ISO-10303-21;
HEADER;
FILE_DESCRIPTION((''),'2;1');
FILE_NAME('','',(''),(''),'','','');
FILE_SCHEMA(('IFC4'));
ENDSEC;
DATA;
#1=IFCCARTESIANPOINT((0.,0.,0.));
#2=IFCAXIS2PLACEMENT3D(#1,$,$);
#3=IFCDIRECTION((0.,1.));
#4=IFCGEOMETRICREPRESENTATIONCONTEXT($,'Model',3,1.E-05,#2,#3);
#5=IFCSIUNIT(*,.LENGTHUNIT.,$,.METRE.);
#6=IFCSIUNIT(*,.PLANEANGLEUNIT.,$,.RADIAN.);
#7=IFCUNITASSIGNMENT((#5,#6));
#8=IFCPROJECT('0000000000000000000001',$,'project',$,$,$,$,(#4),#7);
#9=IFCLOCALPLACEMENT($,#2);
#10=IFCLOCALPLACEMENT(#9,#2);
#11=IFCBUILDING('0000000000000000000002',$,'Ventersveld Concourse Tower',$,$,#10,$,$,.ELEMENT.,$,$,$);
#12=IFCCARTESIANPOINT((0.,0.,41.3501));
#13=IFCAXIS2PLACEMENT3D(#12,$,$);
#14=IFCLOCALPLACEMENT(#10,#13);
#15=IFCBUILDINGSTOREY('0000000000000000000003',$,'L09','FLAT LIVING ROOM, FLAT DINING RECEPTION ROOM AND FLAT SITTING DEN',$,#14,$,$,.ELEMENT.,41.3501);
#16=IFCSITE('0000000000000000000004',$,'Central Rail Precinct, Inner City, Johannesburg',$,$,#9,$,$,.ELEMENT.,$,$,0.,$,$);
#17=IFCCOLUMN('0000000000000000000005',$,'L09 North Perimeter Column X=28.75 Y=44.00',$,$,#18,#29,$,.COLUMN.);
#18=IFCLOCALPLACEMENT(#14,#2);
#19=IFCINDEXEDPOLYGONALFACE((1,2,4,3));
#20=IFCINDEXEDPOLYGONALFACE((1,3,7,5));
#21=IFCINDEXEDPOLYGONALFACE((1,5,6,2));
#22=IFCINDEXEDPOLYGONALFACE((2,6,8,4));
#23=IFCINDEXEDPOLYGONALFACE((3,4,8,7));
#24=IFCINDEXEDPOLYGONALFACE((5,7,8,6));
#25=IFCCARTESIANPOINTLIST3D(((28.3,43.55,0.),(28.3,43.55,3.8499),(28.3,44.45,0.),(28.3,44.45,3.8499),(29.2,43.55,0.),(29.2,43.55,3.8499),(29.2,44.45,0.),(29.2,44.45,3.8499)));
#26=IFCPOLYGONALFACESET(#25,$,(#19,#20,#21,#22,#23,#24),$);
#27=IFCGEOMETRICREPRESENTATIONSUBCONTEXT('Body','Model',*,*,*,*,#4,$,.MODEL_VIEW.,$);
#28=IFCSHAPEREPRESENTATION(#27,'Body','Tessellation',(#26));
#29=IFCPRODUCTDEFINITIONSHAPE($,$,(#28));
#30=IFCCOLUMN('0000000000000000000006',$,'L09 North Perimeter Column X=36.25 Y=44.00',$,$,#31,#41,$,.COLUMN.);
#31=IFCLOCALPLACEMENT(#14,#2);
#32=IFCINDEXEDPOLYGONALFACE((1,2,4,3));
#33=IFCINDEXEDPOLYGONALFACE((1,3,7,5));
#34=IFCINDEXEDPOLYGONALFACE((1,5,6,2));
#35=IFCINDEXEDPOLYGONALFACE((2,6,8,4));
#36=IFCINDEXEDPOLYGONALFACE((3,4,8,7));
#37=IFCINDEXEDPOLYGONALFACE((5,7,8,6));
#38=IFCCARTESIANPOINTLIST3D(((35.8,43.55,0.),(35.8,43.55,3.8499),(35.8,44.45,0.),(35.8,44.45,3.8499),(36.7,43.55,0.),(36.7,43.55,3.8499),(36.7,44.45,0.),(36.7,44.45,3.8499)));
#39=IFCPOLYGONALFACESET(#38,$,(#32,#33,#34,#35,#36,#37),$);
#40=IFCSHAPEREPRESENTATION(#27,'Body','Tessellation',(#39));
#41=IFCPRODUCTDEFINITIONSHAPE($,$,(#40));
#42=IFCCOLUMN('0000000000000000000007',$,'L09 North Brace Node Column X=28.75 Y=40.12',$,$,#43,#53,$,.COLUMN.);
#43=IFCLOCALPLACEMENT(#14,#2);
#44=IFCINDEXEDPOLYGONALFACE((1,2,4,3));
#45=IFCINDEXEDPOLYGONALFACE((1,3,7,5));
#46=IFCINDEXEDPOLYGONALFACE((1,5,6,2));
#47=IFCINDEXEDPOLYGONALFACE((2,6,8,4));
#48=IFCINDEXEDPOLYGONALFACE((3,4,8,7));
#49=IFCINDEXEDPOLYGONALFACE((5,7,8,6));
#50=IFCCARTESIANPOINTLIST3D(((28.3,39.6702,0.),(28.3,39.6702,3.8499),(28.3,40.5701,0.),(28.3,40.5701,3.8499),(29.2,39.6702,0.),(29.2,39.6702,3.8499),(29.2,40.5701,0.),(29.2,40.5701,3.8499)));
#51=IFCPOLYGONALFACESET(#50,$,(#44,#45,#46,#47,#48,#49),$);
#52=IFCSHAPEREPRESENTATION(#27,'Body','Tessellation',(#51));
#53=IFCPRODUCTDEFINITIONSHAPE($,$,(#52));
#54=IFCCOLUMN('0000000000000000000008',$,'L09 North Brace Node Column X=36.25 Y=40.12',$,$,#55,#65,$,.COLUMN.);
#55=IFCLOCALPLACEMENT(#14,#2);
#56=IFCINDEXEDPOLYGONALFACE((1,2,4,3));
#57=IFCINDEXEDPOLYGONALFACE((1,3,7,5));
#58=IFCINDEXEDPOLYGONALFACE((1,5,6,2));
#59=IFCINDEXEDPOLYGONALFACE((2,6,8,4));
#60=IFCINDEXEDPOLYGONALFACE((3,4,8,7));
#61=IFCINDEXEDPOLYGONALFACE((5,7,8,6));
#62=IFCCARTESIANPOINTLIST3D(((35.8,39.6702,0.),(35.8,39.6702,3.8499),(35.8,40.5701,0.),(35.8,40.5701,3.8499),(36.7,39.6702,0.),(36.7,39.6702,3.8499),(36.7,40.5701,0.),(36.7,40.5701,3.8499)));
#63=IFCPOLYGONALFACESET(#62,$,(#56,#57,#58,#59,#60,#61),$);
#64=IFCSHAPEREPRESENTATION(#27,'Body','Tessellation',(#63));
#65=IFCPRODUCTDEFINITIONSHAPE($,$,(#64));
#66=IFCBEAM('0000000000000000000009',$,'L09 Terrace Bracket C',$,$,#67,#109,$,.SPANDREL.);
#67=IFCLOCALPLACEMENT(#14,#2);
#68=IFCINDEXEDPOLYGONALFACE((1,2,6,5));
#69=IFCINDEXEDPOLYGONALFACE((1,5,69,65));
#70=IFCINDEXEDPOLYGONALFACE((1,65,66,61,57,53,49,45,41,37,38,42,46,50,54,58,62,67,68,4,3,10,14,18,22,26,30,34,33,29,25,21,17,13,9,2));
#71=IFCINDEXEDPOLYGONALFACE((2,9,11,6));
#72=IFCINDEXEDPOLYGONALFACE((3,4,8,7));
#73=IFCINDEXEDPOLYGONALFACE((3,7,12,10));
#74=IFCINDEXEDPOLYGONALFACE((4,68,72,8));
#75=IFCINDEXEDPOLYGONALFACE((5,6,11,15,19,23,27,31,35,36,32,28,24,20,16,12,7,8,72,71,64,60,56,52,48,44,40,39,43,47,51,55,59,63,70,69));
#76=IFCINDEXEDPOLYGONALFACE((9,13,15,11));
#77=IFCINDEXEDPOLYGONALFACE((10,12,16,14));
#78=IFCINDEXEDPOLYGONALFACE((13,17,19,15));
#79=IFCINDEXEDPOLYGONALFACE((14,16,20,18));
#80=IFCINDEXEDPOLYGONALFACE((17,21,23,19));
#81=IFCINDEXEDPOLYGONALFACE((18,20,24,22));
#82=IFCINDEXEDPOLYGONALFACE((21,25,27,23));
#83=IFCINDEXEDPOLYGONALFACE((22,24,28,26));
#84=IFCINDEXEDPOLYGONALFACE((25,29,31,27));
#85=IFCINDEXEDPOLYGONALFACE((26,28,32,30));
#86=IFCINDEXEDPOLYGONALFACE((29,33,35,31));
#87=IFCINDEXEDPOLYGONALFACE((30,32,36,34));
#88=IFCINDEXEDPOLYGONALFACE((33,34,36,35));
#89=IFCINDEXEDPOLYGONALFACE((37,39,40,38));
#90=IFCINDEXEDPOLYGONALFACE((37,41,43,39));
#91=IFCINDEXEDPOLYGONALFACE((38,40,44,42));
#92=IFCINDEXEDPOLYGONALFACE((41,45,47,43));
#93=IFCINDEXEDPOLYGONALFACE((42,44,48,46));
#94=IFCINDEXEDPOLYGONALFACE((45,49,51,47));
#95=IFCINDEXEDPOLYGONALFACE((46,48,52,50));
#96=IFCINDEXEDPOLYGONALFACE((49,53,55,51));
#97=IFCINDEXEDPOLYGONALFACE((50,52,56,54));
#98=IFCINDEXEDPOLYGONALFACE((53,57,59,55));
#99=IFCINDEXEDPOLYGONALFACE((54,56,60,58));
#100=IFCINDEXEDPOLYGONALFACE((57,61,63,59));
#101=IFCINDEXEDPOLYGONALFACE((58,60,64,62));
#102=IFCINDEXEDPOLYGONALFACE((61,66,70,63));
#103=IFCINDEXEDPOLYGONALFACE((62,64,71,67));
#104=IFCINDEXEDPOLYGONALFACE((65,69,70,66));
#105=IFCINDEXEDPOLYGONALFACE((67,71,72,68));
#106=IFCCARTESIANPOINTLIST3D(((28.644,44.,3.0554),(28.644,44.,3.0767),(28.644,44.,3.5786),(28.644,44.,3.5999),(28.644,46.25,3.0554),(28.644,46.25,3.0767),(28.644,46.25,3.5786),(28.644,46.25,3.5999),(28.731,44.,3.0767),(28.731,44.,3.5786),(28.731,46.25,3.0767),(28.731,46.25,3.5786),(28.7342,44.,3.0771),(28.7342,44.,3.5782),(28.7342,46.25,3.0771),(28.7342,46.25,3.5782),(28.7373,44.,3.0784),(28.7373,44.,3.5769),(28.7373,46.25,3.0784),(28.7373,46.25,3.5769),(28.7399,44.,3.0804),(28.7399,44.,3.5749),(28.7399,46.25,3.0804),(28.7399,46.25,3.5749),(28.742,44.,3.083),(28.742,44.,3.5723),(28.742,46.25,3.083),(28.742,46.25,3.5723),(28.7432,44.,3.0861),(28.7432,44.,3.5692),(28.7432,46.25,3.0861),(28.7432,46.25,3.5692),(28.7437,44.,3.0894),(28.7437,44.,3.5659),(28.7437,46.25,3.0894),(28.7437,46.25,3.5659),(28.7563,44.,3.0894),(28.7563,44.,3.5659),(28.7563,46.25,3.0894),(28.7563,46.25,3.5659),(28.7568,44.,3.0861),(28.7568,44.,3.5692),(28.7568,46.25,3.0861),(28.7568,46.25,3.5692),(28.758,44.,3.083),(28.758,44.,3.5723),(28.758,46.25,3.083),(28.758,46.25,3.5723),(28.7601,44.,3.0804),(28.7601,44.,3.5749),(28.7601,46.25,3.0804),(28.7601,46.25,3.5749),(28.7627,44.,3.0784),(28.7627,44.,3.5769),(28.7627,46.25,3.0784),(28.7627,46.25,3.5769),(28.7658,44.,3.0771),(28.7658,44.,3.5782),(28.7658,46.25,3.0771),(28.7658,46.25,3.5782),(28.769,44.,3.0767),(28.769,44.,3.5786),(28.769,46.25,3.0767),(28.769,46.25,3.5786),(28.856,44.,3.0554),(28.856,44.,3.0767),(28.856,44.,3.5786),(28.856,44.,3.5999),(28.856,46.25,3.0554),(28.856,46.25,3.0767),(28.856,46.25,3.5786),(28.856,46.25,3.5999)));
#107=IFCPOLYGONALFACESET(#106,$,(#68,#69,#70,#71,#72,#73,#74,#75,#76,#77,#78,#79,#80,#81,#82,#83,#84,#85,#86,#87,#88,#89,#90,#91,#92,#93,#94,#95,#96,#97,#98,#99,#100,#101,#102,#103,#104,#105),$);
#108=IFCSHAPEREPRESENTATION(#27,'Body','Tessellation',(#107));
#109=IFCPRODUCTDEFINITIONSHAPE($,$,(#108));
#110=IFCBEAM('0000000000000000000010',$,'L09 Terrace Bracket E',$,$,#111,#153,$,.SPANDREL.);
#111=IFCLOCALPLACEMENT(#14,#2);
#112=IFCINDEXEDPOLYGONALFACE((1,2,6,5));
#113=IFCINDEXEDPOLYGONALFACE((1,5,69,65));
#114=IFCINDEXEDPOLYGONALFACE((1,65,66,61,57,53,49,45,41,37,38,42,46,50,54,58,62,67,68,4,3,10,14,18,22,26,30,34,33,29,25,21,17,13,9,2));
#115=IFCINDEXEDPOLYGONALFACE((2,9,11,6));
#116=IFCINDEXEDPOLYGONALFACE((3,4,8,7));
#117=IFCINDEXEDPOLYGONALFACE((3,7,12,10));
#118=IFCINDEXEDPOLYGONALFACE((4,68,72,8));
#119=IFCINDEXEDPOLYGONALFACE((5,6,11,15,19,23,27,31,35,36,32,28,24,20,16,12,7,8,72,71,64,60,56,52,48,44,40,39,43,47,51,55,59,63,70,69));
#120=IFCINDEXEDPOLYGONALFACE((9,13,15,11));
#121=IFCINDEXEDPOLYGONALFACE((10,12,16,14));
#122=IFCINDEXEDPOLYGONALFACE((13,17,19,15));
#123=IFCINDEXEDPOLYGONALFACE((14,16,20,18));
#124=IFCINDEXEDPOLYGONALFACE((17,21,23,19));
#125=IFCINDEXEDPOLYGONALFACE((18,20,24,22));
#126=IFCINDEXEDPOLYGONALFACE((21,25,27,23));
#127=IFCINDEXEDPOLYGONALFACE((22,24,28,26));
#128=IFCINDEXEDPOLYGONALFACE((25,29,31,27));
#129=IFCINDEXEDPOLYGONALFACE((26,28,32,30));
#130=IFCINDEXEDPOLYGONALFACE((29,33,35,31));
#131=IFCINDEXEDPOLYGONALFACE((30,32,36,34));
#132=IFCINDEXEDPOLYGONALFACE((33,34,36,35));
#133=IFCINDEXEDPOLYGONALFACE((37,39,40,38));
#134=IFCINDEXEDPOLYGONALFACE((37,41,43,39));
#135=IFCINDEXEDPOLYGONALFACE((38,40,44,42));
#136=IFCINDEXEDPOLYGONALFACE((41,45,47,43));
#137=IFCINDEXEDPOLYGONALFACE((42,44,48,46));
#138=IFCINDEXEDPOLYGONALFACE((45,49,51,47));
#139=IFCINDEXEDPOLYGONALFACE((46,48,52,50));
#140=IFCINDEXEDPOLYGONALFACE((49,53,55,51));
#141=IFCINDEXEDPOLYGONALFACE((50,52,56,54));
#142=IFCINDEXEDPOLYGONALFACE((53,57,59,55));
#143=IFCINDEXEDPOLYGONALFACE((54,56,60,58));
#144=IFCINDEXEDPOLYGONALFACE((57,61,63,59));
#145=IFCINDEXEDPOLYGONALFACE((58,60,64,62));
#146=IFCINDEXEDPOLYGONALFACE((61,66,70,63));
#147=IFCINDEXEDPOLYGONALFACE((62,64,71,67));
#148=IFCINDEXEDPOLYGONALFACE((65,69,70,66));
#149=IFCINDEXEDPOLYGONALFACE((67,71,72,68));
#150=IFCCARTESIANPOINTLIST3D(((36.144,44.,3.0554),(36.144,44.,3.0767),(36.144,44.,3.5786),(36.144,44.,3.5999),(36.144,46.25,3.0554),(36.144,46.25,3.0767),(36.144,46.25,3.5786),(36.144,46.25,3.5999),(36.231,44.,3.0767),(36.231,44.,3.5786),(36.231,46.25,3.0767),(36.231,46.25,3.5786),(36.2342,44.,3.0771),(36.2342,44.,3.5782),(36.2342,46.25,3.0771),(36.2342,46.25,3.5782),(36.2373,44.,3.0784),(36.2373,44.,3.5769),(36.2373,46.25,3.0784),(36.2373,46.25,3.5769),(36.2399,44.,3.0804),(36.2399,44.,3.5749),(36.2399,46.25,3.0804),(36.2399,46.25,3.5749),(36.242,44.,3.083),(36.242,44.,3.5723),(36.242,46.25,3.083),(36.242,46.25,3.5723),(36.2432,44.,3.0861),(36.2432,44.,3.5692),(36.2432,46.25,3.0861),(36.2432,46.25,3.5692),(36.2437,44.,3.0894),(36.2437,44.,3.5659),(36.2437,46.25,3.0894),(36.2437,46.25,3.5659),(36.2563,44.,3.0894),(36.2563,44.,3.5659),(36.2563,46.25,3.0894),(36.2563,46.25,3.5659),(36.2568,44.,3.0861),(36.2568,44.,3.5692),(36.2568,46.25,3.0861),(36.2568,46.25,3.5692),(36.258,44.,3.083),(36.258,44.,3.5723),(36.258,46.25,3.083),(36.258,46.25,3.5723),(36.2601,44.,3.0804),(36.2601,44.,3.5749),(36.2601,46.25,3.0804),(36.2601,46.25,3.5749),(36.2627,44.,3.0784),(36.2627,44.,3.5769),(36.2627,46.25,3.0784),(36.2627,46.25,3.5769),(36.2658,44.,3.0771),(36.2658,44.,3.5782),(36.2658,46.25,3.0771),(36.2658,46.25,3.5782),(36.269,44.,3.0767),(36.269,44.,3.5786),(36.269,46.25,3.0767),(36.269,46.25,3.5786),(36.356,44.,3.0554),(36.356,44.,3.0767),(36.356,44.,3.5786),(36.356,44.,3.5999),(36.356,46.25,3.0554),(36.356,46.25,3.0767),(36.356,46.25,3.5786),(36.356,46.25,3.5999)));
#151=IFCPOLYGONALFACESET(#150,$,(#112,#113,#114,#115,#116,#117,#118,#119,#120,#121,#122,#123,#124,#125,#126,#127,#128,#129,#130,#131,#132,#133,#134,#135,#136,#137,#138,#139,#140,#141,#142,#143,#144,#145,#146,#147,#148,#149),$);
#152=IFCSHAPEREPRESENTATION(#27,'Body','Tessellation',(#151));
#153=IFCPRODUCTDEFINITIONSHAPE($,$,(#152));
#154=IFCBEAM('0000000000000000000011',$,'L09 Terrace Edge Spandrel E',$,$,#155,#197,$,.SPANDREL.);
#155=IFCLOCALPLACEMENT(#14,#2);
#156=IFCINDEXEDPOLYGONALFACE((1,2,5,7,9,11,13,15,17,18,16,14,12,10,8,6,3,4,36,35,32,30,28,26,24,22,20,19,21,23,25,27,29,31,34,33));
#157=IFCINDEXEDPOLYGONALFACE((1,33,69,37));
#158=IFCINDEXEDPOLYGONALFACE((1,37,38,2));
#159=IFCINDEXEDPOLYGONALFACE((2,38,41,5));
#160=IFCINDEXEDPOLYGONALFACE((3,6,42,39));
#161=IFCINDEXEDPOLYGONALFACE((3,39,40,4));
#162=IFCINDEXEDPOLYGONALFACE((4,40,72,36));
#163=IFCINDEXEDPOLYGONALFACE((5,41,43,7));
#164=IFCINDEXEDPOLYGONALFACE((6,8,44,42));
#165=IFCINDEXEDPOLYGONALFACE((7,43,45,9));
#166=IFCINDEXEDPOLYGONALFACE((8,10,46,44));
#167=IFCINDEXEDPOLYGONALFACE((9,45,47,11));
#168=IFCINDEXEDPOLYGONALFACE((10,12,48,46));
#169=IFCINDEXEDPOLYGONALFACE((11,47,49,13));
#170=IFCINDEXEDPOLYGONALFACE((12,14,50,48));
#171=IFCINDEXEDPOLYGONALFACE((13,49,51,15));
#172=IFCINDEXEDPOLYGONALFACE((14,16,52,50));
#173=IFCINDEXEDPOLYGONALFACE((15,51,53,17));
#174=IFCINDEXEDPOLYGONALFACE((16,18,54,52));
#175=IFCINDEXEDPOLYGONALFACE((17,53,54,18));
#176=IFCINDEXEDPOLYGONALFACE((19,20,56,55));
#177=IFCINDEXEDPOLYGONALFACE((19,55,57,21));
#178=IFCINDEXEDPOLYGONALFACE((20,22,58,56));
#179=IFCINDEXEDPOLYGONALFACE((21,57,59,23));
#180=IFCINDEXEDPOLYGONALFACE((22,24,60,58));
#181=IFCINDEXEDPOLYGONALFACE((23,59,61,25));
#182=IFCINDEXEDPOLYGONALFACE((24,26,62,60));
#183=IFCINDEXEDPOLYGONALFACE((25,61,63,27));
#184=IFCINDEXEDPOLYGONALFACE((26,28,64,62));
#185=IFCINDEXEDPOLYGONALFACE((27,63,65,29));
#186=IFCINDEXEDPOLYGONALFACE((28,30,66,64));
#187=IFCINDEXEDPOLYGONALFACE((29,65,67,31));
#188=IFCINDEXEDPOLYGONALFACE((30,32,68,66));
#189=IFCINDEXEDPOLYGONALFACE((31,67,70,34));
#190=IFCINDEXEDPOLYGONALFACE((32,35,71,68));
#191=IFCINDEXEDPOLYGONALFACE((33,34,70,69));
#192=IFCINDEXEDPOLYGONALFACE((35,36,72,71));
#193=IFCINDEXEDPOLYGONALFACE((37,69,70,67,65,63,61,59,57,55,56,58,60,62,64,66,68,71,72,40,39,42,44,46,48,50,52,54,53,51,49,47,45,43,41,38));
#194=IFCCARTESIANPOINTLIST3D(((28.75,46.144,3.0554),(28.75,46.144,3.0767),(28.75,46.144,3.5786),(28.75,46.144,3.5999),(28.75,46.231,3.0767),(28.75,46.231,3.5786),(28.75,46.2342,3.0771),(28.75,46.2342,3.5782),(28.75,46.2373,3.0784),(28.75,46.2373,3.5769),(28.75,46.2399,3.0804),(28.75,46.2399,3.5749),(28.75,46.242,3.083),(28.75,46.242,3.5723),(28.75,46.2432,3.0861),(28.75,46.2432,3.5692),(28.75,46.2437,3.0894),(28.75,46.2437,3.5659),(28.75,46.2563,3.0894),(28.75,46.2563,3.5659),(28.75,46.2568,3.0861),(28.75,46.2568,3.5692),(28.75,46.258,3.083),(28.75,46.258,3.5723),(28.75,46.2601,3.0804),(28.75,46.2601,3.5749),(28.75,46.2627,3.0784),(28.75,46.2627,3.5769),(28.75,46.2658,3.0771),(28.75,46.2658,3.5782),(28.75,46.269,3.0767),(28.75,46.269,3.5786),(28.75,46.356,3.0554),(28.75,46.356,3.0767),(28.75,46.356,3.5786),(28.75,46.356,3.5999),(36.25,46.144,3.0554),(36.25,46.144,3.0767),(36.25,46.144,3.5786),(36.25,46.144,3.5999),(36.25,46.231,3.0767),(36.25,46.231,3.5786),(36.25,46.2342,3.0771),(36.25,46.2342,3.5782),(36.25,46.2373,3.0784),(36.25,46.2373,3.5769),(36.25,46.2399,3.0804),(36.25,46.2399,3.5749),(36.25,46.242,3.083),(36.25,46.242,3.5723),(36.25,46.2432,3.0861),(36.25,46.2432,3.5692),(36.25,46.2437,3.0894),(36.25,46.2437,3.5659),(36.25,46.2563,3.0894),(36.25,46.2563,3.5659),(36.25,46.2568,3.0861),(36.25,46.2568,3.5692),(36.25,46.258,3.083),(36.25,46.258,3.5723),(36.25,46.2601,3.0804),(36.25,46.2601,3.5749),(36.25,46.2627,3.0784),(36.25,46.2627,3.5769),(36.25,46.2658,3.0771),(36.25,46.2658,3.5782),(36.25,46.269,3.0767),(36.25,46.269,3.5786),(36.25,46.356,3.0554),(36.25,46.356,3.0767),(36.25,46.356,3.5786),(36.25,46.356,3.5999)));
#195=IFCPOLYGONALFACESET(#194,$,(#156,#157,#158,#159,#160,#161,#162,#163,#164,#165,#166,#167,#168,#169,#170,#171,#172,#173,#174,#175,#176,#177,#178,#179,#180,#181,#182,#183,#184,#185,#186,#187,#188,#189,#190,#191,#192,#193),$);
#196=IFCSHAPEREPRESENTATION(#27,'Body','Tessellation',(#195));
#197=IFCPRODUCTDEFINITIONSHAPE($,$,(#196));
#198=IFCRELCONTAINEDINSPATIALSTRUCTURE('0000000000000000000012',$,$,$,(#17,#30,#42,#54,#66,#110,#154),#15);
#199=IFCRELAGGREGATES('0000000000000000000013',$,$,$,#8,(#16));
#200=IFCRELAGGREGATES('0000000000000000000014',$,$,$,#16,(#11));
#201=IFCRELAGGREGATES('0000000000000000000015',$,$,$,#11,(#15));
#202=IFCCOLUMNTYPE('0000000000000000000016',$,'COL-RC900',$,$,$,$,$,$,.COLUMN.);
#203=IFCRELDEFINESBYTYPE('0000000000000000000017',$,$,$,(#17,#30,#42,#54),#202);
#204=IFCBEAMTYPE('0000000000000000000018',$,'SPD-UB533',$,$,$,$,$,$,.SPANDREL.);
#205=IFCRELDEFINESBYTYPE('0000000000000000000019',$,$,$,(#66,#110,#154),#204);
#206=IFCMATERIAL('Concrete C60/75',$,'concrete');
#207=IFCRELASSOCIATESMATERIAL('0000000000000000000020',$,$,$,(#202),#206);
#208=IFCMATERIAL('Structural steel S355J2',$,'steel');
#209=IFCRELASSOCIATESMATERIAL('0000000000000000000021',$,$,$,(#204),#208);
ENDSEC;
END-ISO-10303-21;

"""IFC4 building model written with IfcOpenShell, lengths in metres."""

from ifc_helpers import new_model, si_unit, direction, frame, origin, origin_2d, place, context, subcontext, project, spatial, rectangle, i_section, extrude, material, material_profile, profile_set, type_object, element, save


model = new_model("IFC4")

# Units and contexts
model_context = context("Model", 3, precision=1e-05, world=origin(), true_north=direction((0.0, 1.0)))
body_context = subcontext(model_context, "Body", "Model", "MODEL_VIEW")
ifc_project = project(units=[si_unit("LENGTHUNIT", "METRE"), si_unit("PLANEANGLEUNIT", "RADIAN")], contexts=[model_context])

# Site, building, storey
site_placement = place(None, origin())
site = spatial("IfcSite", under=ifc_project, at=site_placement, Name="Central Rail Precinct, Inner City, Johannesburg", CompositionType="ELEMENT", RefElevation=0.0)
building_placement = place(site_placement, origin())
building = spatial("IfcBuilding", under=site, at=building_placement, Name="Ventersveld Concourse Tower", CompositionType="ELEMENT")
storey_placement = place(building_placement, frame((0.0, 0.0, 41.3501)))
storey = spatial("IfcBuildingStorey", under=building, at=storey_placement, Name="L09", Description="FLAT LIVING ROOM, FLAT DINING RECEPTION ROOM AND FLAT SITTING DEN", CompositionType="ELEMENT", Elevation=41.3501)

# Columns
ifc_material_1 = material(Name="Concrete C60/75", Category="concrete")
ifc_material_profile_1 = material_profile(ifc_material_1, rectangle(XDim=0.8999, YDim=0.8999, at=origin_2d()), Name="RC 900x900")
ifc_profile_set_1 = profile_set([ifc_material_profile_1], Name="Concrete C60/75")
column_type = type_object("IfcColumnType", Name="COL-RC900", PredefinedType="COLUMN", material=ifc_profile_set_1)
for number, where, z_axis, x_axis, name in (
    (1, (28.75, 44.0, 0.0), (0.0, 0.0, 1.0), (1.0, 0.0, 0.0), "L09 North Perimeter Column X=28.75 Y=44.00"),
    (2, (36.25, 44.0, 0.0), (0.0, 0.0, 1.0), (1.0, 0.0, 0.0), "L09 North Perimeter Column X=36.25 Y=44.00"),
    (3, (28.75, 40.1201, 0.0), (0.0, 0.0, 1.0), (1.0, 0.0, 0.0), "L09 North Brace Node Column X=28.75 Y=40.12"),
    (4, (36.25, 40.1201, 0.0), (0.0, 0.0, 1.0), (1.0, 0.0, 0.0), "L09 North Brace Node Column X=36.25 Y=40.12"),
):
    element("IfcColumn", number, at=place(storey_placement, frame(where, z_axis=z_axis, x_axis=x_axis)), inside=storey, type_object=column_type, Name=name, PredefinedType="COLUMN", context=body_context, shape_type="SweptSolid", body=[
        extrude(rectangle(XDim=0.8999, YDim=0.8999, at=origin_2d()), origin(), (0.0, 0.0, 1.0), 3.8499),
    ])

# Beams
ifc_material_2 = material(Name="Structural steel S355J2", Category="steel")
ifc_material_profile_2 = material_profile(ifc_material_2, i_section(OverallWidth=0.2119, OverallDepth=0.5444, WebThickness=0.0127, FlangeThickness=0.0212, FilletRadius=0.0127, at=origin_2d()), Name="UB 533x210x122")
ifc_profile_set_2 = profile_set([ifc_material_profile_2], Name="Structural steel S355J2")
beam_type = type_object("IfcBeamType", Name="SPD-UB533", PredefinedType="SPANDREL", material=ifc_profile_set_2)
for number, where, z_axis, x_axis, name in (
    (5, (28.75, 44.0, 3.3276), (0.0, 1.0, 0.0), (-1.0, 0.0, 0.0), "L09 Terrace Bracket C"),
    (6, (36.25, 44.0, 3.3276), (0.0, 1.0, 0.0), (-1.0, 0.0, 0.0), "L09 Terrace Bracket E"),
):
    element("IfcBeam", number, at=place(storey_placement, frame(where, z_axis=z_axis, x_axis=x_axis)), inside=storey, type_object=beam_type, Name=name, PredefinedType="SPANDREL", context=body_context, shape_type="SweptSolid", body=[
        extrude(i_section(OverallWidth=0.2119, OverallDepth=0.5444, WebThickness=0.0127, FlangeThickness=0.0212, FilletRadius=0.0127, at=origin_2d()), origin(), (0.0, 0.0, 1.0), 2.25),
    ])
for number, where, z_axis, x_axis, name in (
    (7, (28.75, 46.25, 3.3276), (1.0, 0.0, 0.0), (0.0, 1.0, 0.0), "L09 Terrace Edge Spandrel E"),
):
    element("IfcBeam", number, at=place(storey_placement, frame(where, z_axis=z_axis, x_axis=x_axis)), inside=storey, type_object=beam_type, Name=name, PredefinedType="SPANDREL", context=body_context, shape_type="SweptSolid", body=[
        extrude(i_section(OverallWidth=0.2119, OverallDepth=0.5444, WebThickness=0.0127, FlangeThickness=0.0212, FilletRadius=0.0127, at=origin_2d()), origin(), (0.0, 0.0, 1.0), 7.5),
    ])

save(model, "model.ifc")
